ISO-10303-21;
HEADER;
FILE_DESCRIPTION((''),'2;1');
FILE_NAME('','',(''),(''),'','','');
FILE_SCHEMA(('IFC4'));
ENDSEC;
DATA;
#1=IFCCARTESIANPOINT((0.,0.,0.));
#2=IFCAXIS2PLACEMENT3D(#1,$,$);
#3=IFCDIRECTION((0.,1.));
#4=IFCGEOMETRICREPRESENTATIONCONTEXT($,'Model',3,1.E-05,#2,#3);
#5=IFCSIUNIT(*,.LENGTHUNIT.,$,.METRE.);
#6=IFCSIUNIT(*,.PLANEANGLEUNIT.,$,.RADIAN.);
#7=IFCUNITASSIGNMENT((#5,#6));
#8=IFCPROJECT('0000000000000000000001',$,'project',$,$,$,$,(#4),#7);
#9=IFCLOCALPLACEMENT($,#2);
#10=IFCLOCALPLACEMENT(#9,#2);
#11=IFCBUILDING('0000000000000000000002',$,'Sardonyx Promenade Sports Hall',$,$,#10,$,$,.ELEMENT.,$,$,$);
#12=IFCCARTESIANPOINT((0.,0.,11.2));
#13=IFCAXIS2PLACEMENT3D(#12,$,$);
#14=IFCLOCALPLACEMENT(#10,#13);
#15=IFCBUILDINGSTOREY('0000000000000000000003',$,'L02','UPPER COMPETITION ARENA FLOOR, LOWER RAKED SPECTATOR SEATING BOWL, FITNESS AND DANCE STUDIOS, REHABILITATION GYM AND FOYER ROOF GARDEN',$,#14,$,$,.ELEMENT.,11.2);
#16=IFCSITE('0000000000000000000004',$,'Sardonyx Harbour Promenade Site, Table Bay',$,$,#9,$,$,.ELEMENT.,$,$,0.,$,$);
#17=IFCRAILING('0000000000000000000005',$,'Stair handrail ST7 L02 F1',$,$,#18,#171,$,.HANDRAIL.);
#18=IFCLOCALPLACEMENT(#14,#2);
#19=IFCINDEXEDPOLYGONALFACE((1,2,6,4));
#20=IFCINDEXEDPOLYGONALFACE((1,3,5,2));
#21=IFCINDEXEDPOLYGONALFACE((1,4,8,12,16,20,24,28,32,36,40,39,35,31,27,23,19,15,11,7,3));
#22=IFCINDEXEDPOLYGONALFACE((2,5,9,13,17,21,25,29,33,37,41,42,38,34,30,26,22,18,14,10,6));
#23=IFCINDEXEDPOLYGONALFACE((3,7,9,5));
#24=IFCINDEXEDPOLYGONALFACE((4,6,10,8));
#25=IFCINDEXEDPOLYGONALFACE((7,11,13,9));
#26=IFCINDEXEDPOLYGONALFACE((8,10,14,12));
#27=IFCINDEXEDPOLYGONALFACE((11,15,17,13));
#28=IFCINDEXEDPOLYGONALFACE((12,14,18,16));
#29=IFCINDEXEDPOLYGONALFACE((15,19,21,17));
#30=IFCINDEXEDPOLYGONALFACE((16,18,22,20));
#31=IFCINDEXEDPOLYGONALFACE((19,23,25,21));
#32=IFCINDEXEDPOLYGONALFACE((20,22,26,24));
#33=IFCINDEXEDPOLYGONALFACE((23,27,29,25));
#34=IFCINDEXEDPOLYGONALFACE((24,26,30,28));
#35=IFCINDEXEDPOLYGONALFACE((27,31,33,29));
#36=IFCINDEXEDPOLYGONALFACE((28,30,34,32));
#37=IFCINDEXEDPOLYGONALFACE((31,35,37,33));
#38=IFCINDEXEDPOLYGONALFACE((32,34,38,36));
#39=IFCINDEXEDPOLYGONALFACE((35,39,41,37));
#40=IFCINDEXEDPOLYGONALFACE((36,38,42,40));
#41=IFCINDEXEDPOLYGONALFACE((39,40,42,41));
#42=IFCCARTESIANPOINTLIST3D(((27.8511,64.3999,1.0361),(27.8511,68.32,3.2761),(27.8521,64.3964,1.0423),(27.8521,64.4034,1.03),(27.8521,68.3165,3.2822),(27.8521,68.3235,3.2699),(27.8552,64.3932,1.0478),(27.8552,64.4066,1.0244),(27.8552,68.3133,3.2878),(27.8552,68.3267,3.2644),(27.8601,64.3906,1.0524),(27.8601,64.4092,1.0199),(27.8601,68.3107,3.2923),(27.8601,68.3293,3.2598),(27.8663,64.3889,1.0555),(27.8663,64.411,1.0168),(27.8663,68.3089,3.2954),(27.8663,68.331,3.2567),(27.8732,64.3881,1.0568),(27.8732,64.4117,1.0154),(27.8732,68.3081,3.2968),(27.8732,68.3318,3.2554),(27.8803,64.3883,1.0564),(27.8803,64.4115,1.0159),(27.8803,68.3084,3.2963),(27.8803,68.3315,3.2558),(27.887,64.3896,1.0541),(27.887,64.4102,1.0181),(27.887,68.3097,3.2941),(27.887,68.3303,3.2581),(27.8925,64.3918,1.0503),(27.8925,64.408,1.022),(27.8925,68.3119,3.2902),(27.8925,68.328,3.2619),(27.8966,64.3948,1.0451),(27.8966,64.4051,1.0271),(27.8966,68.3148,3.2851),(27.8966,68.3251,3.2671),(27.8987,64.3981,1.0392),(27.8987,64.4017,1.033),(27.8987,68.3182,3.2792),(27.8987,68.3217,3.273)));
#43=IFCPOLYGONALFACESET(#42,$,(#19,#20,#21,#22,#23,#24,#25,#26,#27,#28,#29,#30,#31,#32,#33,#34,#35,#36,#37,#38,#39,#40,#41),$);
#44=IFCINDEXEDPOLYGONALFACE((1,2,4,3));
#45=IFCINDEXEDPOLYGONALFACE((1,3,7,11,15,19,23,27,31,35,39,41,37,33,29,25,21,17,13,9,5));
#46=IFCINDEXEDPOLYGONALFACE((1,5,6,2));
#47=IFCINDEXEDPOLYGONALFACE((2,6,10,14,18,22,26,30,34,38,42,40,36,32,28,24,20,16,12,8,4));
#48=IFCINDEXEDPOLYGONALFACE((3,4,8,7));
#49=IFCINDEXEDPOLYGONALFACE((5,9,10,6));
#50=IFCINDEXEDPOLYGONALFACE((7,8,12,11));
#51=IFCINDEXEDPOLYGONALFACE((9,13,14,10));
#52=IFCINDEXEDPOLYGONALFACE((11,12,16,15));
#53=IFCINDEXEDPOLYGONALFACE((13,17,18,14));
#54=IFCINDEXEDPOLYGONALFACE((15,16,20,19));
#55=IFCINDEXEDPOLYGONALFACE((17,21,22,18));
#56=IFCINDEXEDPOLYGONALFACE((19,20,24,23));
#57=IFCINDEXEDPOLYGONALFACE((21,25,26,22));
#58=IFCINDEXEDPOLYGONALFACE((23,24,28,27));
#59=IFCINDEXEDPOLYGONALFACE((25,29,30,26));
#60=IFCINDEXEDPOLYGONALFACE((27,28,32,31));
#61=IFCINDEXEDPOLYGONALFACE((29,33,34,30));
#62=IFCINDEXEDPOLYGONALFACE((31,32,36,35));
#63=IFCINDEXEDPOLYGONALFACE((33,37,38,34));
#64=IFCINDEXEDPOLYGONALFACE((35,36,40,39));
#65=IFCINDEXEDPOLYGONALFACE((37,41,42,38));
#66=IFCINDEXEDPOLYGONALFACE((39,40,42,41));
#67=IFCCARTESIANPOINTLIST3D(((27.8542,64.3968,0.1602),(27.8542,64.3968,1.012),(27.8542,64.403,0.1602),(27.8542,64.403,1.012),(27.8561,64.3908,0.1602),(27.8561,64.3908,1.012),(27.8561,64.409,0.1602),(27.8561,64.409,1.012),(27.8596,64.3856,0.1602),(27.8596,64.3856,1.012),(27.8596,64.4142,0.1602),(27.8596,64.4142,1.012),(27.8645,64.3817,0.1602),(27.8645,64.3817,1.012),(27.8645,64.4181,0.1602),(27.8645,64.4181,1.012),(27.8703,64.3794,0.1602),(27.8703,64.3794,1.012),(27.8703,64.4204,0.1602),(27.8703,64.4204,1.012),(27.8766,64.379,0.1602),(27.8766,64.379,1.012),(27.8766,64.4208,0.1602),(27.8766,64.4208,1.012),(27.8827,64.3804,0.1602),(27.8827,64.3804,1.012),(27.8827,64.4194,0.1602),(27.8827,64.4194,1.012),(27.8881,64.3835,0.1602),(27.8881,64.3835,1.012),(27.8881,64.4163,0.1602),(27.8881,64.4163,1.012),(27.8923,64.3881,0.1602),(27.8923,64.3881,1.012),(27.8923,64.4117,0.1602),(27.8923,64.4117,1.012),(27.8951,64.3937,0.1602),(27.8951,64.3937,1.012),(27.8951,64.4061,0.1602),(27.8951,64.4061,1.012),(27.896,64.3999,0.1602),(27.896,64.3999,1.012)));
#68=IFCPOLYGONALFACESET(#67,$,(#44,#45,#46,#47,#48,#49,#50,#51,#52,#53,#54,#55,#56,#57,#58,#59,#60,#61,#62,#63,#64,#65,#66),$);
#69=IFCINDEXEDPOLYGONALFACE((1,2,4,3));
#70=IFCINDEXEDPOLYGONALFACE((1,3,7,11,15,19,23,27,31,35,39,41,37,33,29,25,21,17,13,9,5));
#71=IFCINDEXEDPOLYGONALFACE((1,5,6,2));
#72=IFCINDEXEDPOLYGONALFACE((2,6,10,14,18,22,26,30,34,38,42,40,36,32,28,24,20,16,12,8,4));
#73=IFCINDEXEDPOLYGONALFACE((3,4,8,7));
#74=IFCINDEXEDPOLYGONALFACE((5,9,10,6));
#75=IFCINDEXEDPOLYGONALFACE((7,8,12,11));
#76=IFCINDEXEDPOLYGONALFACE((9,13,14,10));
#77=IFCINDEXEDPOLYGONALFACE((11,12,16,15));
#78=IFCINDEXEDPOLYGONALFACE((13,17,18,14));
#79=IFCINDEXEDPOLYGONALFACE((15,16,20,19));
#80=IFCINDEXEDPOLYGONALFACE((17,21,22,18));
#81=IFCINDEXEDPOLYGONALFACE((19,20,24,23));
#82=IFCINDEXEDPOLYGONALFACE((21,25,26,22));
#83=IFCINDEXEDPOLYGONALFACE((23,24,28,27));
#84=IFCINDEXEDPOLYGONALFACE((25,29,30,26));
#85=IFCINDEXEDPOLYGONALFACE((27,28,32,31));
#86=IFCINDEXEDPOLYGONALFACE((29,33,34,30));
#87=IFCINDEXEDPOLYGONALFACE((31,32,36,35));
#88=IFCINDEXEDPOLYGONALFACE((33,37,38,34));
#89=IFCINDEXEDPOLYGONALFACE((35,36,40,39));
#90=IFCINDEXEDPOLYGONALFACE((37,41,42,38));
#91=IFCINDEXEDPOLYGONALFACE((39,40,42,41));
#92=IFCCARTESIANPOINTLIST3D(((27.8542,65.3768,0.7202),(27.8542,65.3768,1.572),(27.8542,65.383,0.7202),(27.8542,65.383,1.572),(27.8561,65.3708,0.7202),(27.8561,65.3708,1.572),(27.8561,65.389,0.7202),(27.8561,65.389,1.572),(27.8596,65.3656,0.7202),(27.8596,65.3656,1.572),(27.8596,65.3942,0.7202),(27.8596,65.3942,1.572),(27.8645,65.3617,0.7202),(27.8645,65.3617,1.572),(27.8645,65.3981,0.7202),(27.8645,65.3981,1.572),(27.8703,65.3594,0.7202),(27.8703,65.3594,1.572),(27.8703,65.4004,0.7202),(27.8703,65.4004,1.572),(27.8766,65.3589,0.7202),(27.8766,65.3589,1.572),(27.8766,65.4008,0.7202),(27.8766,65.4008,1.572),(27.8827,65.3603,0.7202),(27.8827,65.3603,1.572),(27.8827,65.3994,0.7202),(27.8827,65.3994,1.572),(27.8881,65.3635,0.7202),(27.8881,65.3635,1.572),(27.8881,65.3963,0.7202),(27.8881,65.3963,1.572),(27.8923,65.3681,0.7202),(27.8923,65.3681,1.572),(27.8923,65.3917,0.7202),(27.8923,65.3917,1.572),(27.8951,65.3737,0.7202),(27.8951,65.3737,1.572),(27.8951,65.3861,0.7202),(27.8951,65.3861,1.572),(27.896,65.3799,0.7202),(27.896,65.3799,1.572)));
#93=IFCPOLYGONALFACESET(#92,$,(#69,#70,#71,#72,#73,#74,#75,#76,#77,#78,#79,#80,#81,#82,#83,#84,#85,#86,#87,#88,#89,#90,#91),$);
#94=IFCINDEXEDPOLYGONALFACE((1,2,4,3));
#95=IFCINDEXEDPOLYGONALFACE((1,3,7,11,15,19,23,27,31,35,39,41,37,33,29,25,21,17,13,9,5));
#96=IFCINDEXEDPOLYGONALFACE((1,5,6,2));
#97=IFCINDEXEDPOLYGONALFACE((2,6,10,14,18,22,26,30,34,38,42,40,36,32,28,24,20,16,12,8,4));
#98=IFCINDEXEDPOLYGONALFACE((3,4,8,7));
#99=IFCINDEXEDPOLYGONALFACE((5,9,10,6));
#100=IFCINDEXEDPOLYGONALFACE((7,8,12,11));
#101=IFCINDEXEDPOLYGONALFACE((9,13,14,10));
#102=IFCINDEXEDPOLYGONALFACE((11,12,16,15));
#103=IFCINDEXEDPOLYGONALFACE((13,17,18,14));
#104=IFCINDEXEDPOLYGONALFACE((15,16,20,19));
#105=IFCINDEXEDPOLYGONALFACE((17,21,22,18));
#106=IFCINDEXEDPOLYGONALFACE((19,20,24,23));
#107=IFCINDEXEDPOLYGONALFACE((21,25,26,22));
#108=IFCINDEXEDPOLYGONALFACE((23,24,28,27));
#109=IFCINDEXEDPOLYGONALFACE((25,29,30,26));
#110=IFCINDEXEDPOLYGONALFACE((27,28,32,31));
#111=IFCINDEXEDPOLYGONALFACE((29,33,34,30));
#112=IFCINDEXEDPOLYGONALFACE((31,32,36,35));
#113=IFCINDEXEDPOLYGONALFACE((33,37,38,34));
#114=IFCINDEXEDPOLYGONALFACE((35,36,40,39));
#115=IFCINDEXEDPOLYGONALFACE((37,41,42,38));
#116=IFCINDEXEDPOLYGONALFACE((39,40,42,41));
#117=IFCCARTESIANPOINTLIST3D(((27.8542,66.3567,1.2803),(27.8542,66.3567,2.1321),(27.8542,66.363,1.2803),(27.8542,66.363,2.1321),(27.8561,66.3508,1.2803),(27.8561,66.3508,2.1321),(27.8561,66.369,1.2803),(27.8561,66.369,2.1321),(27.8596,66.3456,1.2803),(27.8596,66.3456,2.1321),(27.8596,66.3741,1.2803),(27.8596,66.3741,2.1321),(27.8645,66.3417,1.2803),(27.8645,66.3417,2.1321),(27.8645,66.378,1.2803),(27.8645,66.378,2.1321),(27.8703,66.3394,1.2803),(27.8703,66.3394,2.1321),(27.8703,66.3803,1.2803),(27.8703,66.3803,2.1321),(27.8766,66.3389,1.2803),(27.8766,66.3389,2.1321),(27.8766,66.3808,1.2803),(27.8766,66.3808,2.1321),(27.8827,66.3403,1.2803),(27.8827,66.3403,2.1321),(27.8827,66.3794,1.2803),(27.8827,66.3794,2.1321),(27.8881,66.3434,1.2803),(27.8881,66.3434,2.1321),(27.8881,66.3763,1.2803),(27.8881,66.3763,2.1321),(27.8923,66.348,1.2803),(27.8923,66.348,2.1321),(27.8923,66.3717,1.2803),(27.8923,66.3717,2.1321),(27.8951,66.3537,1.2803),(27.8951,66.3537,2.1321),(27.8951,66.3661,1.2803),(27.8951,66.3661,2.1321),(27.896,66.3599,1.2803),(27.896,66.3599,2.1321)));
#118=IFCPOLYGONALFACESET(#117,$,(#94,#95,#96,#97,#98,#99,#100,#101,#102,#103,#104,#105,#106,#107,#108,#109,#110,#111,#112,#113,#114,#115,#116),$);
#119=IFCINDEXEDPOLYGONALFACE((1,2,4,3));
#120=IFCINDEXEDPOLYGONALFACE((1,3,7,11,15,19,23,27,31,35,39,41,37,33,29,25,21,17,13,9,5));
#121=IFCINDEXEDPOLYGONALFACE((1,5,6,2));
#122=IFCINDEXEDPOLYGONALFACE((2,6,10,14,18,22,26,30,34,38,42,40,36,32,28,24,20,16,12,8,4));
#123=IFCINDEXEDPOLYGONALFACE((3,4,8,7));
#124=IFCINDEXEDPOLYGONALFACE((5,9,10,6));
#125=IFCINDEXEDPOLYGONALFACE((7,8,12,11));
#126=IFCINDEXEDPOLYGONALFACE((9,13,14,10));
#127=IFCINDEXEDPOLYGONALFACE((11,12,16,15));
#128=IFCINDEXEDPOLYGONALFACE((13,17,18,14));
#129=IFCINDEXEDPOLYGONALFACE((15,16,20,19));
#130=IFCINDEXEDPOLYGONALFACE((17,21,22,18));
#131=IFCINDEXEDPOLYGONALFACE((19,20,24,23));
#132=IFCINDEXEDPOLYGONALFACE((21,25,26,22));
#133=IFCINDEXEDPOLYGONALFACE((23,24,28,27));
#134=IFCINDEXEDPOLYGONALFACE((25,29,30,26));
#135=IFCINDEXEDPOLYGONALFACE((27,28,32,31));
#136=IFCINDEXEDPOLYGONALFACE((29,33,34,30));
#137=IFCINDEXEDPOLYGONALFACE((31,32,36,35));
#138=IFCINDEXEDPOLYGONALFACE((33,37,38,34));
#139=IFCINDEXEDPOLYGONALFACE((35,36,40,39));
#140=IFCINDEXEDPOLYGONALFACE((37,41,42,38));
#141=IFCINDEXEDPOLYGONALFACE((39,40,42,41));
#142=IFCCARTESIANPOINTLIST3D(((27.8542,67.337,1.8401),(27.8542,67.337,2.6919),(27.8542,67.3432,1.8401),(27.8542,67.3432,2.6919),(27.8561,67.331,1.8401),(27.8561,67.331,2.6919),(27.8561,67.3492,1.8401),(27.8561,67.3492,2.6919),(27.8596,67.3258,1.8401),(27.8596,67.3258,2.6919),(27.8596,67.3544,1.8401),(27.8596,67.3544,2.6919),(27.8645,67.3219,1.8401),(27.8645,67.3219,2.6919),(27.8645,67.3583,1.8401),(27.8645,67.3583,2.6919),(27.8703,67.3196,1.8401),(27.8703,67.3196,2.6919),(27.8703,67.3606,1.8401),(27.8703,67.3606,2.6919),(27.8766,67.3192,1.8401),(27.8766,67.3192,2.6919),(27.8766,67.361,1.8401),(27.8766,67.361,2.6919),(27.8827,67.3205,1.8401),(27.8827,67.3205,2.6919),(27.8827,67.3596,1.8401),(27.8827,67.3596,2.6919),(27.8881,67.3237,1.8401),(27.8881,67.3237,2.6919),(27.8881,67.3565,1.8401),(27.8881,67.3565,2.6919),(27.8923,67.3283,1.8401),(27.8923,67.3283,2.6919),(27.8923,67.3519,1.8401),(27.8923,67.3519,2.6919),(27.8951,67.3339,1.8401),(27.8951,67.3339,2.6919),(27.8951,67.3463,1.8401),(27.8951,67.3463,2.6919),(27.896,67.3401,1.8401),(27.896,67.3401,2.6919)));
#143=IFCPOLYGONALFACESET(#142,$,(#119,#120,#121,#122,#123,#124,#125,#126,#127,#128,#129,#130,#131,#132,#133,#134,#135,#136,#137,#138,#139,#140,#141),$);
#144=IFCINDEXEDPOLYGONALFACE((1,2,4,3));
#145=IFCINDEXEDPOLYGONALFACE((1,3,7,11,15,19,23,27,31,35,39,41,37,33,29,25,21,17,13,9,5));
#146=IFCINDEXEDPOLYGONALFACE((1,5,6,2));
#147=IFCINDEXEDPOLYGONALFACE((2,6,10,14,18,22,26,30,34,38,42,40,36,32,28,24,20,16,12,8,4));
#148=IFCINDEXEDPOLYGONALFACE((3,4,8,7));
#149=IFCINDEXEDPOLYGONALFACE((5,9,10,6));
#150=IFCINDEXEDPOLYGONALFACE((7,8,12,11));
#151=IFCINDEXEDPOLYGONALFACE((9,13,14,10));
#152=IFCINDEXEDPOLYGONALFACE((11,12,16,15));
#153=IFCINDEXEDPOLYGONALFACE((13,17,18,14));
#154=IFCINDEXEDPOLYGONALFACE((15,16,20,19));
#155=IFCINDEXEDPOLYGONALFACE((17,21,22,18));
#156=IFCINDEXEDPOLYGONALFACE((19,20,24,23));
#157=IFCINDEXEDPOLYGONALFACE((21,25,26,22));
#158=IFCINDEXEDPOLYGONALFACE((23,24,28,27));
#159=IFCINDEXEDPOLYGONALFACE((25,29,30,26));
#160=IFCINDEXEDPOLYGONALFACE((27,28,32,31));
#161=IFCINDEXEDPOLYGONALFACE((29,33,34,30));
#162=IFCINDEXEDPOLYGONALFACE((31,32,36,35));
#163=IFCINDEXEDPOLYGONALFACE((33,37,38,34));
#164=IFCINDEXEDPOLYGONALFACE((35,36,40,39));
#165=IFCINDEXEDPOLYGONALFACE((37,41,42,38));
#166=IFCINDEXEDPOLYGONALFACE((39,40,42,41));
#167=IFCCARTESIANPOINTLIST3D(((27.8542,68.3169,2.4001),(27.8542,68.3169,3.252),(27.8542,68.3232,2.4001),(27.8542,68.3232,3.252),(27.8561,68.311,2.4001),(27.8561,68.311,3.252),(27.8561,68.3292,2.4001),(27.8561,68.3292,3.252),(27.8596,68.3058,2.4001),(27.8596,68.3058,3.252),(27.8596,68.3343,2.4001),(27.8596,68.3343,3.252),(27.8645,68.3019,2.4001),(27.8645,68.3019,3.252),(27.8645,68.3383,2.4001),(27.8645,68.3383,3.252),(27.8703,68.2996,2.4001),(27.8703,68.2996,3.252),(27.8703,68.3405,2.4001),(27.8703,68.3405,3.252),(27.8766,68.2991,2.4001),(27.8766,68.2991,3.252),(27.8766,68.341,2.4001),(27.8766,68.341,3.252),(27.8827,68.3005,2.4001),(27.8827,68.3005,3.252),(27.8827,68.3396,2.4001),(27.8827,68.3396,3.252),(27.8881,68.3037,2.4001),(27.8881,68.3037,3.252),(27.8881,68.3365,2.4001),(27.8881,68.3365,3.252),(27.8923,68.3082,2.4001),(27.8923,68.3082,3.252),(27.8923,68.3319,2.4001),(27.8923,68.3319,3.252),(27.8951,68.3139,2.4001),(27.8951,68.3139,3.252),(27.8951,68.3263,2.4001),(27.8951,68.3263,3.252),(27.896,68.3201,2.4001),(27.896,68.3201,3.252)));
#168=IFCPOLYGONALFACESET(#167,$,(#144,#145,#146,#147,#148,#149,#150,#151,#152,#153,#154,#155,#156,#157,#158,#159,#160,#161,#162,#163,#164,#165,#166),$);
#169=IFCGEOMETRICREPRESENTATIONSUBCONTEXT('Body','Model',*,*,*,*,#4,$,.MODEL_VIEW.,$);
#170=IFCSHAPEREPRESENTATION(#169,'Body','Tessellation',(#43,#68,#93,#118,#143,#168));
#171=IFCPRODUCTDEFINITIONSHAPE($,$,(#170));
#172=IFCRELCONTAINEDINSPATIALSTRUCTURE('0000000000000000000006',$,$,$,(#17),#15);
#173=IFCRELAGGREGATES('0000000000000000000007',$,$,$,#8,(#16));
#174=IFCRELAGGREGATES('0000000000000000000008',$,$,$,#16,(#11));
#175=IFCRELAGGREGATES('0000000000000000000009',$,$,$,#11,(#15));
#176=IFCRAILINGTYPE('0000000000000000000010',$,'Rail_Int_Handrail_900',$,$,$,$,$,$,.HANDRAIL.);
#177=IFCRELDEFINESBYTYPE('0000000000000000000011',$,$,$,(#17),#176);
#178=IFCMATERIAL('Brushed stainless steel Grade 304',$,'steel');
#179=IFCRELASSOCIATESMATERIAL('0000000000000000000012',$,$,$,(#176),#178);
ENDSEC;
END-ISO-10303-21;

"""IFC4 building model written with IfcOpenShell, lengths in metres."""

from ifc_helpers import new_model, si_unit, direction, frame, origin, origin_2d, place, context, subcontext, project, spatial, circle, extrude, material, type_object, element, save


model = new_model("IFC4")

# Units and contexts
model_context = context("Model", 3, precision=1e-05, world=origin(), true_north=direction((0.0, 1.0)))
body_context = subcontext(model_context, "Body", "Model", "MODEL_VIEW")
ifc_project = project(units=[si_unit("LENGTHUNIT", "METRE"), si_unit("PLANEANGLEUNIT", "RADIAN")], contexts=[model_context])

# Site, building, storey
site_placement = place(None, origin())
site = spatial("IfcSite", under=ifc_project, at=site_placement, Name="Sardonyx Harbour Promenade Site, Table Bay", CompositionType="ELEMENT", RefElevation=0.0)
building_placement = place(site_placement, origin())
building = spatial("IfcBuilding", under=site, at=building_placement, Name="Sardonyx Promenade Sports Hall", CompositionType="ELEMENT")
storey_placement = place(building_placement, frame((0.0, 0.0, 11.2)))
storey = spatial("IfcBuildingStorey", under=building, at=storey_placement, Name="L02", Description="UPPER COMPETITION ARENA FLOOR, LOWER RAKED SPECTATOR SEATING BOWL, FITNESS AND DANCE STUDIOS, REHABILITATION GYM AND FOYER ROOF GARDEN", CompositionType="ELEMENT", Elevation=11.2)

# Railing
ifc_material_1 = material(Name="Brushed stainless steel Grade 304", Category="steel")
railing_type_1 = type_object("IfcRailingType", Name="Rail_Int_Handrail_900", PredefinedType="HANDRAIL", material=ifc_material_1)
railing_1_placement = place(storey_placement, frame((27.875, 64.3999, 0.1602)))
element("IfcRailing", 1, at=railing_1_placement, inside=storey, type_object=railing_type_1, Name="Stair handrail ST7 L02 F1", PredefinedType="HANDRAIL", context=body_context, shape_type="SweptSolid", body=[
    extrude(circle(Radius=0.0239, at=origin_2d()), frame((0.0, 0.0, 0.876), z_axis=(0.0, 0.868253, 0.496121), x_axis=(-1.0, 0.0, 0.0)), (0.0, 0.0, 1.0), 4.5149),
    extrude(circle(Radius=0.021, at=origin_2d()), origin(), (0.0, 0.0, 1.0), 0.8518),
    extrude(circle(Radius=0.021, at=origin_2d()), frame((0.0, 0.98, 0.5601)), (0.0, 0.0, 1.0), 0.8518),
    extrude(circle(Radius=0.021, at=origin_2d()), frame((0.0, 1.96, 1.1201)), (0.0, 0.0, 1.0), 0.8518),
    extrude(circle(Radius=0.021, at=origin_2d()), frame((0.0, 2.9402, 1.6799)), (0.0, 0.0, 1.0), 0.8518),
    extrude(circle(Radius=0.021, at=origin_2d()), frame((0.0, 3.9202, 2.24)), (0.0, 0.0, 1.0), 0.8518),
])

save(model, "model.ifc")
